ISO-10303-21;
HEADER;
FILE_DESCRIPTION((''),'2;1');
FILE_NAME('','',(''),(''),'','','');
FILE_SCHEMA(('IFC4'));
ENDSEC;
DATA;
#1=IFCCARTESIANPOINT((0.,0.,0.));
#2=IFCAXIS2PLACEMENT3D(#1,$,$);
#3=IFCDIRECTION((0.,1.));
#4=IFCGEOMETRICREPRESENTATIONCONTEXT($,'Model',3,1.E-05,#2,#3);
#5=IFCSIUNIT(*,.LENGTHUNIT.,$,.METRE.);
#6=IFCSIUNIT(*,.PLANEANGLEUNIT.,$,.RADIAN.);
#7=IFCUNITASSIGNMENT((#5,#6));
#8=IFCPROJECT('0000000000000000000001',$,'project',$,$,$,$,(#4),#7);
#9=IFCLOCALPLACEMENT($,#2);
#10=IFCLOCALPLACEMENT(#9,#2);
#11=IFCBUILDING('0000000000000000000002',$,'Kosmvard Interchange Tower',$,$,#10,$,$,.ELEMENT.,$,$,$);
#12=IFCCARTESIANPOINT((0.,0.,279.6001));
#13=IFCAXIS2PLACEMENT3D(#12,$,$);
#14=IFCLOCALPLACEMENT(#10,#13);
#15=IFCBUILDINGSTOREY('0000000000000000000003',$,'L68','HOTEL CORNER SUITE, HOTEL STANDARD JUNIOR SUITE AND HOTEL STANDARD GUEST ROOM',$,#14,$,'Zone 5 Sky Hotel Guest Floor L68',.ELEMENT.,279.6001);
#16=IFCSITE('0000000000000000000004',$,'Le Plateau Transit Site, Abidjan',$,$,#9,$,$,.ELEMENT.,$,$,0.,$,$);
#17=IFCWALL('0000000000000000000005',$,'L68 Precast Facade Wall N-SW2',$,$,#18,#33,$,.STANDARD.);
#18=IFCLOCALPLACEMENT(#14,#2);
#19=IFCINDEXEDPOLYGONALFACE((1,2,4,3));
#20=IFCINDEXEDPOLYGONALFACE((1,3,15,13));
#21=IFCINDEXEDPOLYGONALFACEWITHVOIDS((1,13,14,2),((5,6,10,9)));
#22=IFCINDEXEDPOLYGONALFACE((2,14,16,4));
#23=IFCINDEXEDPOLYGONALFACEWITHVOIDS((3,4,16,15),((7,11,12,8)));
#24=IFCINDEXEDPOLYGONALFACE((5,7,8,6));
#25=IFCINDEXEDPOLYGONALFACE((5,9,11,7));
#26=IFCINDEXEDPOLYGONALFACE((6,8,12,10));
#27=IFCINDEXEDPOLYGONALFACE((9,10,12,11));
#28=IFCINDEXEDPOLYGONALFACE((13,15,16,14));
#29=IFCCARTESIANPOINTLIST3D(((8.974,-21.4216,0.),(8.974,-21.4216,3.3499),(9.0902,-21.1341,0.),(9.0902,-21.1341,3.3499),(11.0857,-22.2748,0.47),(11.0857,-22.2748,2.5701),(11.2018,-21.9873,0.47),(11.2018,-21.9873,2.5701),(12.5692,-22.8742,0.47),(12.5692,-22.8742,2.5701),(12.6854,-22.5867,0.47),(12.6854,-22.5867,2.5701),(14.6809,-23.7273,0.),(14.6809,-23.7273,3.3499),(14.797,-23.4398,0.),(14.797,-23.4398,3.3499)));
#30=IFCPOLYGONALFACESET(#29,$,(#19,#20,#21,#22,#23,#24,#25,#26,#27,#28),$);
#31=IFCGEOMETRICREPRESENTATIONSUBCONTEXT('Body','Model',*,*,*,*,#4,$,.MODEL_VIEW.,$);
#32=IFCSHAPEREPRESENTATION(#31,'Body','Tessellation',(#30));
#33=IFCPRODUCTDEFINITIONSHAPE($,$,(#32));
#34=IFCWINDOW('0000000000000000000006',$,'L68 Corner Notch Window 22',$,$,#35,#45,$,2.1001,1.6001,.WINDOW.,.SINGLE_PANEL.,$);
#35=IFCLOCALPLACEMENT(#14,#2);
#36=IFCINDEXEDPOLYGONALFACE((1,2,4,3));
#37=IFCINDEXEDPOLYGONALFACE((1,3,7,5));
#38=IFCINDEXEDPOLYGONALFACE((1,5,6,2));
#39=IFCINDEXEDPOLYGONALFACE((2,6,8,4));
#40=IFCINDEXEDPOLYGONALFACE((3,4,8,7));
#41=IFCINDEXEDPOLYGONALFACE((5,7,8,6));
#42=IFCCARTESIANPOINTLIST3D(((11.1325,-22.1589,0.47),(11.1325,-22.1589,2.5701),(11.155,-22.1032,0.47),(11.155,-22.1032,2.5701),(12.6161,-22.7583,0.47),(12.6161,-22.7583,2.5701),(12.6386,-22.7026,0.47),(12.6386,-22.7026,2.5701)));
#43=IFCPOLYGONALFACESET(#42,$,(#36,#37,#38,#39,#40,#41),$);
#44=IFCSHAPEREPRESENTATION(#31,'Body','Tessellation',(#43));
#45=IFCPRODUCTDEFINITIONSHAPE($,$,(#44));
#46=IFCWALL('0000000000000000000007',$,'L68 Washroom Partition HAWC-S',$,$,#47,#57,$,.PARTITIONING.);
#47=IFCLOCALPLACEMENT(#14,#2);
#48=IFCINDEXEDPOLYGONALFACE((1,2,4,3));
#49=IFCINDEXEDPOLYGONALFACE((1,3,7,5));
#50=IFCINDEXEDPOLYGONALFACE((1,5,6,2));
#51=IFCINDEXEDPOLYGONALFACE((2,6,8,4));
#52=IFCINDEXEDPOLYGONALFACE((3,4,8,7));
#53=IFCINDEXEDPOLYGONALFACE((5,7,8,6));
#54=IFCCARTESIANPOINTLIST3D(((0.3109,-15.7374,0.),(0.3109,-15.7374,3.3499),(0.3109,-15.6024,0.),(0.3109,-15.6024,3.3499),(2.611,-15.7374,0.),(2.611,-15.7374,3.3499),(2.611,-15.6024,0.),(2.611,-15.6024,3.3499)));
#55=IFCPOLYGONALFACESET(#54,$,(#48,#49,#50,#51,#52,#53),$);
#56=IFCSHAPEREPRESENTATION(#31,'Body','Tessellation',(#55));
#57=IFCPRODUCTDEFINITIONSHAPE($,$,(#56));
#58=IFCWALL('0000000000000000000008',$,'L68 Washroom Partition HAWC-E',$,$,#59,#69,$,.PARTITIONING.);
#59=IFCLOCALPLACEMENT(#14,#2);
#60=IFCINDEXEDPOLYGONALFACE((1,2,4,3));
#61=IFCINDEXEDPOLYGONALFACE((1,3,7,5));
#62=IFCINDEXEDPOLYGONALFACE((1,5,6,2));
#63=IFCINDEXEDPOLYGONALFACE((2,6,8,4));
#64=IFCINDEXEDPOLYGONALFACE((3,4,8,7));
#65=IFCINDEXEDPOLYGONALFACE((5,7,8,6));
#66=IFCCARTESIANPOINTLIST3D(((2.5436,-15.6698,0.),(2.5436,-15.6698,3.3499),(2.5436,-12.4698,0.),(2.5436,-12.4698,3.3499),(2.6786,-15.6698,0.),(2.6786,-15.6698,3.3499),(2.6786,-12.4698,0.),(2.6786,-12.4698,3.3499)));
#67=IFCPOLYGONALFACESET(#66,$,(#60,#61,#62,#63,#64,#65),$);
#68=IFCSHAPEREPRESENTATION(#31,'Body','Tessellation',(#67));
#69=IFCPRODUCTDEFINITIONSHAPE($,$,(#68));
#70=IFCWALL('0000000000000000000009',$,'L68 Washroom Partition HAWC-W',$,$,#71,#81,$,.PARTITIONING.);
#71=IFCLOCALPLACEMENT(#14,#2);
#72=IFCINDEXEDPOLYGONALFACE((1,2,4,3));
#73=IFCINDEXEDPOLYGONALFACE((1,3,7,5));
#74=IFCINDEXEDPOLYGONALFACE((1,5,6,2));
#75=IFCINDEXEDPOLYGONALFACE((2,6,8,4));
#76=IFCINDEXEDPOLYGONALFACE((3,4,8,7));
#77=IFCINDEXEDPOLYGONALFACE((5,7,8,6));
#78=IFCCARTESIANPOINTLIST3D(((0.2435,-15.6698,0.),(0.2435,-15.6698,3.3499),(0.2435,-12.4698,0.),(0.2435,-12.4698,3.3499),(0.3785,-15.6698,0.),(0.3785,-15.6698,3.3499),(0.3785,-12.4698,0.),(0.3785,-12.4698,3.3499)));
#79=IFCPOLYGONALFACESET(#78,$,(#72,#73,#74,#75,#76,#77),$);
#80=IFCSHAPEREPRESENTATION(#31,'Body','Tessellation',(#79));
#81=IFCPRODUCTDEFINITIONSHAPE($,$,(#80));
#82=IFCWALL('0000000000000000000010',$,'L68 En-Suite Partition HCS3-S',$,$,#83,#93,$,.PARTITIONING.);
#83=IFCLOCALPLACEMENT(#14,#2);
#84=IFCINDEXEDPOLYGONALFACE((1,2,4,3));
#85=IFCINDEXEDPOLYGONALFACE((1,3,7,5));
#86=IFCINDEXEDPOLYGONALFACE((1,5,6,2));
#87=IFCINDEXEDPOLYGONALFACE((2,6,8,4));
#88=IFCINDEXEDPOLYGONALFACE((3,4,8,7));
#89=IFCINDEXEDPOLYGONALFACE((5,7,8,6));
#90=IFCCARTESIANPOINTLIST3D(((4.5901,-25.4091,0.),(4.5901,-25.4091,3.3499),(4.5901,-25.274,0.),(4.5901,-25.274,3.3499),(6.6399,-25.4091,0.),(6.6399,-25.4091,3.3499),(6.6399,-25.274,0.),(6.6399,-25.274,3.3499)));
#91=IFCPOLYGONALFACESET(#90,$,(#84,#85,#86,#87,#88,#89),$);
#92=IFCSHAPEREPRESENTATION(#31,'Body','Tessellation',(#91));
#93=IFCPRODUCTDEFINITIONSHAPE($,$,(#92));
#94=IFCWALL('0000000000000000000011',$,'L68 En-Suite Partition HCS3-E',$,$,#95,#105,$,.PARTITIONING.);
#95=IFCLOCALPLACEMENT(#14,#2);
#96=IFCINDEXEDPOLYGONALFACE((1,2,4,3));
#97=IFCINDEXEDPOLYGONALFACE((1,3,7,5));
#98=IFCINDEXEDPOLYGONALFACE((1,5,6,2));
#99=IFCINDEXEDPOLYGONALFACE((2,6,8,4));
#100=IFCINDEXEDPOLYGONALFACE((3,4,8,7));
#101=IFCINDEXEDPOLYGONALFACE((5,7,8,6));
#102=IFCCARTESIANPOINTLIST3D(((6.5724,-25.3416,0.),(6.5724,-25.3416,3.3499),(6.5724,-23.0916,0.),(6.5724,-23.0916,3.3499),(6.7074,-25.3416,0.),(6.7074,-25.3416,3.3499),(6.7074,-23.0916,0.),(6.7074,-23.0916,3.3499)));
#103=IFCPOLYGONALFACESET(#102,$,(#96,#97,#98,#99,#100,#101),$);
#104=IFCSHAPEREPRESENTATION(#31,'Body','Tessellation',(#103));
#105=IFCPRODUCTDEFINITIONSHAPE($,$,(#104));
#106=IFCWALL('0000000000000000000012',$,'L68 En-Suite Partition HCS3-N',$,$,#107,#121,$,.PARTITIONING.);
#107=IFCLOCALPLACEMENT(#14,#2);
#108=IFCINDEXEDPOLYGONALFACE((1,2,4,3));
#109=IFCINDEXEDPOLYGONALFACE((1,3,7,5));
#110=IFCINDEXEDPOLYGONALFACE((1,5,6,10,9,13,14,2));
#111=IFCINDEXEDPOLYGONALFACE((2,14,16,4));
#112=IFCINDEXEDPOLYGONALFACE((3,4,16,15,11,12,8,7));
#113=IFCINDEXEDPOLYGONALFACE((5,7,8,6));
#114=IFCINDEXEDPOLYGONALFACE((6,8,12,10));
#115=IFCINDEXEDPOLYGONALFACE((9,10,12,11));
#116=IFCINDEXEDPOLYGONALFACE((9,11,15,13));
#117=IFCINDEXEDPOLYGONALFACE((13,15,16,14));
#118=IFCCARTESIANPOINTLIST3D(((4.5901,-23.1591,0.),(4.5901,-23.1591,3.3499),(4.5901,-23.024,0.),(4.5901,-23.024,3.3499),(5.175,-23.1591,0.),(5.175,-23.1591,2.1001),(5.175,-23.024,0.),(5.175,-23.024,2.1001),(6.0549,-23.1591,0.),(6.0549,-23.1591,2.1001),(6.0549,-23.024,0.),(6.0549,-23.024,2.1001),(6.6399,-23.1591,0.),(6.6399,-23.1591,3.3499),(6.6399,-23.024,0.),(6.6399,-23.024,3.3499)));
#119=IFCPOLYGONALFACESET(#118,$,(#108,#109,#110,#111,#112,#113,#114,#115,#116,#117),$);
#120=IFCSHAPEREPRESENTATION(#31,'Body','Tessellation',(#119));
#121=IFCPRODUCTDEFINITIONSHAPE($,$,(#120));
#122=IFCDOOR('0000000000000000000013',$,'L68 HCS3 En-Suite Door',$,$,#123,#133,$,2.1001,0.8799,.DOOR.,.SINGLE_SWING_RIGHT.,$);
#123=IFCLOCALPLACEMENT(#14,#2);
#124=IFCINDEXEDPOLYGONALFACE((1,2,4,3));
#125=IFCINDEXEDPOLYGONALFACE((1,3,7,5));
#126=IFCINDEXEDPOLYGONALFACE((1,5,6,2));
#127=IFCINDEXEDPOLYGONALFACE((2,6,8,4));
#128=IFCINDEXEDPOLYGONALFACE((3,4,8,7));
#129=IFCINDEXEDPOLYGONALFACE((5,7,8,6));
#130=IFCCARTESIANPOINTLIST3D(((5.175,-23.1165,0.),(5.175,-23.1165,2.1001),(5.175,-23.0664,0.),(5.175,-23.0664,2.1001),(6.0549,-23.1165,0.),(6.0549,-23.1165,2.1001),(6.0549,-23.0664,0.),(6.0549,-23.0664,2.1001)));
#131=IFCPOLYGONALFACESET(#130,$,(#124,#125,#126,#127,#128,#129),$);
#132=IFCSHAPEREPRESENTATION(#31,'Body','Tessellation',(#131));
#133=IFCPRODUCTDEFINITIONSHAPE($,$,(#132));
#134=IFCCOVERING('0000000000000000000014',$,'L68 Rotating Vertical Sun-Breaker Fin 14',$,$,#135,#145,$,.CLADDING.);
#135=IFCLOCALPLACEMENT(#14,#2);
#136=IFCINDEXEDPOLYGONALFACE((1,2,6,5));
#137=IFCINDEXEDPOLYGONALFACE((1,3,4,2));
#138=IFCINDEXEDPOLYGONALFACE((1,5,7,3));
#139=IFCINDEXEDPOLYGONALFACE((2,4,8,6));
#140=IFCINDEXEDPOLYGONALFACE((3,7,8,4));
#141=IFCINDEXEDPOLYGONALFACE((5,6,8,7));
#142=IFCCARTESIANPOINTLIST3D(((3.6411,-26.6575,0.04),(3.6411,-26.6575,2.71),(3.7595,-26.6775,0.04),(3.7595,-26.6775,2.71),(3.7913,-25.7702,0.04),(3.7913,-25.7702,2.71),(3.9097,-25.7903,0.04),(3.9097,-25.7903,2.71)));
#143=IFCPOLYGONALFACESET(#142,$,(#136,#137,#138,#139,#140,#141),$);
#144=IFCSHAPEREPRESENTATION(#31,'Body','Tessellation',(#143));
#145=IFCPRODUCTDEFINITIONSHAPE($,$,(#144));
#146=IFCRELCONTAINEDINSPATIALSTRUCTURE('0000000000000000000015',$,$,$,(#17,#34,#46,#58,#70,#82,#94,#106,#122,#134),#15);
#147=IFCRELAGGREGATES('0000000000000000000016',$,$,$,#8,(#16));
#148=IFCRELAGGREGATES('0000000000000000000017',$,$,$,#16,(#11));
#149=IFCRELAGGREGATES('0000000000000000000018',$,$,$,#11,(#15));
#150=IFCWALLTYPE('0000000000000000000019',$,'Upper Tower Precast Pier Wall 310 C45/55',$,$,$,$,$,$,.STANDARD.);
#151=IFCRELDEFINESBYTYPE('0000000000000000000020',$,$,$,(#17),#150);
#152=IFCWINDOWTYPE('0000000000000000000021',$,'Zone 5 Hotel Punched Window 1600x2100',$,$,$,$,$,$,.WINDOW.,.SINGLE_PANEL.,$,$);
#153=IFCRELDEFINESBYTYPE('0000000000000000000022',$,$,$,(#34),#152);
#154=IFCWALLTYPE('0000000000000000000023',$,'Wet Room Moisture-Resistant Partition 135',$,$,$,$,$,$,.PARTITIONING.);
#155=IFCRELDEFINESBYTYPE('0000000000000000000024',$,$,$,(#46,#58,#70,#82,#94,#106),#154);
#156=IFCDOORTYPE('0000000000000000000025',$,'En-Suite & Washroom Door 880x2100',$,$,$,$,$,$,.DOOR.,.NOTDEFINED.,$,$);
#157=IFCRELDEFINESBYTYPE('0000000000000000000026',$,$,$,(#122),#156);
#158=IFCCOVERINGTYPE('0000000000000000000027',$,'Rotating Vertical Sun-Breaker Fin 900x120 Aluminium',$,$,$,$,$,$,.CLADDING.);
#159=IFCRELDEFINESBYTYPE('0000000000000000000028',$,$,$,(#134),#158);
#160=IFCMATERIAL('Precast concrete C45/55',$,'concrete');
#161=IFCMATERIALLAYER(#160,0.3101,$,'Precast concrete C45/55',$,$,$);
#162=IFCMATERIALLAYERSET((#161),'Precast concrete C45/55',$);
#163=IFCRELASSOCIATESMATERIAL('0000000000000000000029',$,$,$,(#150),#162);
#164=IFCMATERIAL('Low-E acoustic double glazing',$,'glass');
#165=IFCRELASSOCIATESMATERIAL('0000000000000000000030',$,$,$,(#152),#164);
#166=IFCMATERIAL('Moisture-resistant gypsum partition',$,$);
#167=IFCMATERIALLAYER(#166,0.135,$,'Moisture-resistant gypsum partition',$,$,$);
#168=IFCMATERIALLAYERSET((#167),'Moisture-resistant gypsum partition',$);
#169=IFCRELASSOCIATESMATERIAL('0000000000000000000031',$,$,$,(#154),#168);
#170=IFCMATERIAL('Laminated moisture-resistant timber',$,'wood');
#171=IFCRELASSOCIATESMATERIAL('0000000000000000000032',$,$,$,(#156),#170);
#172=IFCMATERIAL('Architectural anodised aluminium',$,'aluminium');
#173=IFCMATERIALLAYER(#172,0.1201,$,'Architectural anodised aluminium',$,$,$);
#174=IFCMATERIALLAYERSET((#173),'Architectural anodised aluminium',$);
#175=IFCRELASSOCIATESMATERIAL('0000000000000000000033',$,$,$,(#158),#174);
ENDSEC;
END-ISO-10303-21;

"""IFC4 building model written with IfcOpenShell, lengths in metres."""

from ifc_helpers import new_model, si_unit, direction, frame, frame_2d, origin, origin_2d, place, context, subcontext, project, spatial, rectangle, extrude, source, transform, mapped, material, layer, layer_set, type_object, element, fill, save


model = new_model("IFC4")

# Units and contexts
model_context = context("Model", 3, precision=1e-05, world=origin(), true_north=direction((0.0, 1.0)))
body_context = subcontext(model_context, "Body", "Model", "MODEL_VIEW")
ifc_project = project(units=[si_unit("LENGTHUNIT", "METRE"), si_unit("PLANEANGLEUNIT", "RADIAN")], contexts=[model_context])

# Site, building, storey
site_placement = place(None, origin())
site = spatial("IfcSite", under=ifc_project, at=site_placement, Name="Le Plateau Transit Site, Abidjan", CompositionType="ELEMENT", RefElevation=0.0)
building_placement = place(site_placement, origin())
building = spatial("IfcBuilding", under=site, at=building_placement, Name="Kosmvard Interchange Tower", CompositionType="ELEMENT")
storey_placement = place(building_placement, frame((0.0, 0.0, 279.6001)))
storey = spatial("IfcBuildingStorey", under=building, at=storey_placement, Name="L68", Description="HOTEL CORNER SUITE, HOTEL STANDARD JUNIOR SUITE AND HOTEL STANDARD GUEST ROOM", LongName="Zone 5 Sky Hotel Guest Floor L68", CompositionType="ELEMENT", Elevation=279.6001)

# Shared definitions
ifc_material_1 = material(Name="Precast concrete C45/55", Category="concrete")

# Shared definitions
ifc_layer_1 = layer(ifc_material_1, 0.3101, Name="Precast concrete C45/55")
ifc_layer_set_1 = layer_set([ifc_layer_1], Name="Precast concrete C45/55")
wall_type_1 = type_object("IfcWallType", Name="Upper Tower Precast Pier Wall 310 C45/55", PredefinedType="STANDARD", material=ifc_layer_set_1)

# Wall, opening, window
wall_1_placement = place(storey_placement, frame((9.032, -21.2778, 0.0), z_axis=(0.0, 0.0, 1.0), x_axis=(0.927185, -0.374603, 0.0)))
wall_1 = element("IfcWall", 1, at=wall_1_placement, inside=storey, type_object=wall_type_1, Name="L68 Precast Facade Wall N-SW2", PredefinedType="STANDARD", context=body_context, shape_type="SweptSolid", body=[
    extrude(rectangle(XDim=6.155, YDim=0.3101, at=frame_2d((3.0776, 0.0))), origin(), (0.0, 0.0, 1.0), 3.3499),
])
opening_1_placement = place(wall_1_placement, frame((2.2776, 0.0, 0.47)))
opening_1 = element("IfcOpeningElement", 2, at=opening_1_placement, cuts=wall_1, PredefinedType="OPENING", context=body_context, shape_type="SweptSolid", body=[
    extrude(rectangle(XDim=1.6001, YDim=2.1001, at=frame_2d((0.8, 1.05))), frame((0.0, 0.165, 0.0), z_axis=(0.0, -1.0, 0.0), x_axis=(1.0, 0.0, 0.0)), (0.0, 0.0, 1.0), 0.3301),
])
ifc_material_2 = material(Name="Low-E acoustic double glazing", Category="glass")
window_type = type_object("IfcWindowType", Name="Zone 5 Hotel Punched Window 1600x2100", PartitioningType="SINGLE_PANEL", PredefinedType="WINDOW", material=ifc_material_2)
shared_shape_1 = source(origin(), body_context, "Body", "SweptSolid", [
    extrude(rectangle(XDim=1.6001, YDim=2.1001, at=frame_2d((0.8, 1.05))), frame((0.0, 0.03, 0.0), z_axis=(0.0, -1.0, 0.0), x_axis=(1.0, 0.0, 0.0)), (0.0, 0.0, 1.0), 0.0601),
])
window_placement = place(opening_1_placement, origin())
window = element("IfcWindow", 3, at=window_placement, inside=storey, type_object=window_type, Name="L68 Corner Notch Window 22", OverallHeight=2.1001, OverallWidth=1.6001, PartitioningType="SINGLE_PANEL", PredefinedType="WINDOW", context=body_context, shape_type="MappedRepresentation", body=[
    mapped(shared_shape_1, transform((0.0, 0.0, 0.0), scale=1.0)),
])
fill(opening_1, window)

# Walls
ifc_material_3 = material(Name="Moisture-resistant gypsum partition")
ifc_layer_2 = layer(ifc_material_3, 0.135, Name="Moisture-resistant gypsum partition")
ifc_layer_set_2 = layer_set([ifc_layer_2], Name="Moisture-resistant gypsum partition")
wall_type_2 = type_object("IfcWallType", Name="Wet Room Moisture-Resistant Partition 135", PredefinedType="PARTITIONING", material=ifc_layer_set_2)
wall_2_placement = place(storey_placement, frame((0.311, -15.6699, 0.0), z_axis=(0.0, 0.0, 1.0), x_axis=(1.0, 0.0, 0.0)))
element("IfcWall", 4, at=wall_2_placement, inside=storey, type_object=wall_type_2, Name="L68 Washroom Partition HAWC-S", PredefinedType="PARTITIONING", context=body_context, shape_type="SweptSolid", body=[
    extrude(rectangle(XDim=2.3, YDim=0.135, at=frame_2d((1.1499, 0.0))), origin(), (0.0, 0.0, 1.0), 3.3499),
])
for number, where, z_axis, x_axis, name in (
    (5, (2.6111, -15.6699, 0.0), (0.0, 0.0, 1.0), (0.0, 1.0, 0.0), "L68 Washroom Partition HAWC-E"),
    (6, (0.311, -15.6699, 0.0), (0.0, 0.0, 1.0), (0.0, 1.0, 0.0), "L68 Washroom Partition HAWC-W"),
):
    element("IfcWall", number, at=place(storey_placement, frame(where, z_axis=z_axis, x_axis=x_axis)), inside=storey, type_object=wall_type_2, Name=name, PredefinedType="PARTITIONING", context=body_context, shape_type="SweptSolid", body=[
        extrude(rectangle(XDim=3.2, YDim=0.135, at=frame_2d((1.6001, 0.0))), origin(), (0.0, 0.0, 1.0), 3.3499),
    ])
wall_3_placement = place(storey_placement, frame((4.5901, -25.3416, 0.0), z_axis=(0.0, 0.0, 1.0), x_axis=(1.0, 0.0, 0.0)))
element("IfcWall", 7, at=wall_3_placement, inside=storey, type_object=wall_type_2, Name="L68 En-Suite Partition HCS3-S", PredefinedType="PARTITIONING", context=body_context, shape_type="SweptSolid", body=[
    extrude(rectangle(XDim=2.0498, YDim=0.135, at=frame_2d((1.0249, 0.0))), origin(), (0.0, 0.0, 1.0), 3.3499),
])
wall_4_placement = place(storey_placement, frame((6.6399, -25.3416, 0.0), z_axis=(0.0, 0.0, 1.0), x_axis=(0.0, 1.0, 0.0)))
element("IfcWall", 8, at=wall_4_placement, inside=storey, type_object=wall_type_2, Name="L68 En-Suite Partition HCS3-E", PredefinedType="PARTITIONING", context=body_context, shape_type="SweptSolid", body=[
    extrude(rectangle(XDim=2.25, YDim=0.135, at=frame_2d((1.125, 0.0))), origin(), (0.0, 0.0, 1.0), 3.3499),
])

# Wall, opening, door
wall_5_placement = place(storey_placement, frame((4.5901, -23.0916, 0.0), z_axis=(0.0, 0.0, 1.0), x_axis=(1.0, 0.0, 0.0)))
wall_5 = element("IfcWall", 9, at=wall_5_placement, inside=storey, type_object=wall_type_2, Name="L68 En-Suite Partition HCS3-N", PredefinedType="PARTITIONING", context=body_context, shape_type="SweptSolid", body=[
    extrude(rectangle(XDim=2.0498, YDim=0.135, at=frame_2d((1.0249, 0.0))), origin(), (0.0, 0.0, 1.0), 3.3499),
])
opening_2_placement = place(wall_5_placement, frame((0.585, 0.0, 0.0)))
opening_2 = element("IfcOpeningElement", 10, at=opening_2_placement, cuts=wall_5, PredefinedType="OPENING", context=body_context, shape_type="SweptSolid", body=[
    extrude(rectangle(XDim=0.8799, YDim=2.1001, at=frame_2d((0.4399, 1.05))), frame((0.0, 0.0776, 0.0), z_axis=(0.0, -1.0, 0.0), x_axis=(1.0, 0.0, 0.0)), (0.0, 0.0, 1.0), 0.155),
])
ifc_material_4 = material(Name="Laminated moisture-resistant timber", Category="wood")
door_type_1 = type_object("IfcDoorType", Name="En-Suite & Washroom Door 880x2100", OperationType="NOTDEFINED", PredefinedType="DOOR", material=ifc_material_4)
shared_shape_2 = source(origin(), body_context, "Body", "SweptSolid", [
    extrude(rectangle(XDim=0.8799, YDim=2.1001, at=frame_2d((0.4399, 1.05))), frame((0.0, 0.0249, 0.0), z_axis=(0.0, -1.0, 0.0), x_axis=(1.0, 0.0, 0.0)), (0.0, 0.0, 1.0), 0.05),
])
door_1_placement = place(opening_2_placement, frame((0.8799, 0.0, 0.0), z_axis=(0.0, 0.0, 1.0), x_axis=(-1.0, 0.0, 0.0)))
door_1 = element("IfcDoor", 11, at=door_1_placement, inside=storey, type_object=door_type_1, Name="L68 HCS3 En-Suite Door", OperationType="SINGLE_SWING_RIGHT", OverallHeight=2.1001, OverallWidth=0.8799, PredefinedType="DOOR", context=body_context, shape_type="MappedRepresentation", body=[
    mapped(shared_shape_2, transform((0.0, 0.0, 0.0), scale=1.0)),
])
fill(opening_2, door_1)

# Covering
ifc_material_5 = material(Name="Architectural anodised aluminium", Category="aluminium")
ifc_layer_3 = layer(ifc_material_5, 0.1201, Name="Architectural anodised aluminium")
ifc_layer_set_3 = layer_set([ifc_layer_3], Name="Architectural anodised aluminium")
covering_type = type_object("IfcCoveringType", Name="Rotating Vertical Sun-Breaker Fin 900x120 Aluminium", PredefinedType="CLADDING", material=ifc_layer_set_3)
shared_shape_3 = source(origin(), body_context, "Body", "SweptSolid", [
    extrude(rectangle(XDim=0.8999, YDim=0.1201, at=origin_2d()), origin(), (0.0, 0.0, 1.0), 2.6699),
])
covering_placement = place(storey_placement, frame((3.7754, -26.2239, 0.04), z_axis=(0.0, 0.0, 1.0), x_axis=(-0.166941, -0.985967, 0.0)))
element("IfcCovering", 12, at=covering_placement, inside=storey, type_object=covering_type, Name="L68 Rotating Vertical Sun-Breaker Fin 14", PredefinedType="CLADDING", context=body_context, shape_type="MappedRepresentation", body=[
    mapped(shared_shape_3, transform((0.0, 0.0, 0.0), scale=1.0)),
])

save(model, "model.ifc")
